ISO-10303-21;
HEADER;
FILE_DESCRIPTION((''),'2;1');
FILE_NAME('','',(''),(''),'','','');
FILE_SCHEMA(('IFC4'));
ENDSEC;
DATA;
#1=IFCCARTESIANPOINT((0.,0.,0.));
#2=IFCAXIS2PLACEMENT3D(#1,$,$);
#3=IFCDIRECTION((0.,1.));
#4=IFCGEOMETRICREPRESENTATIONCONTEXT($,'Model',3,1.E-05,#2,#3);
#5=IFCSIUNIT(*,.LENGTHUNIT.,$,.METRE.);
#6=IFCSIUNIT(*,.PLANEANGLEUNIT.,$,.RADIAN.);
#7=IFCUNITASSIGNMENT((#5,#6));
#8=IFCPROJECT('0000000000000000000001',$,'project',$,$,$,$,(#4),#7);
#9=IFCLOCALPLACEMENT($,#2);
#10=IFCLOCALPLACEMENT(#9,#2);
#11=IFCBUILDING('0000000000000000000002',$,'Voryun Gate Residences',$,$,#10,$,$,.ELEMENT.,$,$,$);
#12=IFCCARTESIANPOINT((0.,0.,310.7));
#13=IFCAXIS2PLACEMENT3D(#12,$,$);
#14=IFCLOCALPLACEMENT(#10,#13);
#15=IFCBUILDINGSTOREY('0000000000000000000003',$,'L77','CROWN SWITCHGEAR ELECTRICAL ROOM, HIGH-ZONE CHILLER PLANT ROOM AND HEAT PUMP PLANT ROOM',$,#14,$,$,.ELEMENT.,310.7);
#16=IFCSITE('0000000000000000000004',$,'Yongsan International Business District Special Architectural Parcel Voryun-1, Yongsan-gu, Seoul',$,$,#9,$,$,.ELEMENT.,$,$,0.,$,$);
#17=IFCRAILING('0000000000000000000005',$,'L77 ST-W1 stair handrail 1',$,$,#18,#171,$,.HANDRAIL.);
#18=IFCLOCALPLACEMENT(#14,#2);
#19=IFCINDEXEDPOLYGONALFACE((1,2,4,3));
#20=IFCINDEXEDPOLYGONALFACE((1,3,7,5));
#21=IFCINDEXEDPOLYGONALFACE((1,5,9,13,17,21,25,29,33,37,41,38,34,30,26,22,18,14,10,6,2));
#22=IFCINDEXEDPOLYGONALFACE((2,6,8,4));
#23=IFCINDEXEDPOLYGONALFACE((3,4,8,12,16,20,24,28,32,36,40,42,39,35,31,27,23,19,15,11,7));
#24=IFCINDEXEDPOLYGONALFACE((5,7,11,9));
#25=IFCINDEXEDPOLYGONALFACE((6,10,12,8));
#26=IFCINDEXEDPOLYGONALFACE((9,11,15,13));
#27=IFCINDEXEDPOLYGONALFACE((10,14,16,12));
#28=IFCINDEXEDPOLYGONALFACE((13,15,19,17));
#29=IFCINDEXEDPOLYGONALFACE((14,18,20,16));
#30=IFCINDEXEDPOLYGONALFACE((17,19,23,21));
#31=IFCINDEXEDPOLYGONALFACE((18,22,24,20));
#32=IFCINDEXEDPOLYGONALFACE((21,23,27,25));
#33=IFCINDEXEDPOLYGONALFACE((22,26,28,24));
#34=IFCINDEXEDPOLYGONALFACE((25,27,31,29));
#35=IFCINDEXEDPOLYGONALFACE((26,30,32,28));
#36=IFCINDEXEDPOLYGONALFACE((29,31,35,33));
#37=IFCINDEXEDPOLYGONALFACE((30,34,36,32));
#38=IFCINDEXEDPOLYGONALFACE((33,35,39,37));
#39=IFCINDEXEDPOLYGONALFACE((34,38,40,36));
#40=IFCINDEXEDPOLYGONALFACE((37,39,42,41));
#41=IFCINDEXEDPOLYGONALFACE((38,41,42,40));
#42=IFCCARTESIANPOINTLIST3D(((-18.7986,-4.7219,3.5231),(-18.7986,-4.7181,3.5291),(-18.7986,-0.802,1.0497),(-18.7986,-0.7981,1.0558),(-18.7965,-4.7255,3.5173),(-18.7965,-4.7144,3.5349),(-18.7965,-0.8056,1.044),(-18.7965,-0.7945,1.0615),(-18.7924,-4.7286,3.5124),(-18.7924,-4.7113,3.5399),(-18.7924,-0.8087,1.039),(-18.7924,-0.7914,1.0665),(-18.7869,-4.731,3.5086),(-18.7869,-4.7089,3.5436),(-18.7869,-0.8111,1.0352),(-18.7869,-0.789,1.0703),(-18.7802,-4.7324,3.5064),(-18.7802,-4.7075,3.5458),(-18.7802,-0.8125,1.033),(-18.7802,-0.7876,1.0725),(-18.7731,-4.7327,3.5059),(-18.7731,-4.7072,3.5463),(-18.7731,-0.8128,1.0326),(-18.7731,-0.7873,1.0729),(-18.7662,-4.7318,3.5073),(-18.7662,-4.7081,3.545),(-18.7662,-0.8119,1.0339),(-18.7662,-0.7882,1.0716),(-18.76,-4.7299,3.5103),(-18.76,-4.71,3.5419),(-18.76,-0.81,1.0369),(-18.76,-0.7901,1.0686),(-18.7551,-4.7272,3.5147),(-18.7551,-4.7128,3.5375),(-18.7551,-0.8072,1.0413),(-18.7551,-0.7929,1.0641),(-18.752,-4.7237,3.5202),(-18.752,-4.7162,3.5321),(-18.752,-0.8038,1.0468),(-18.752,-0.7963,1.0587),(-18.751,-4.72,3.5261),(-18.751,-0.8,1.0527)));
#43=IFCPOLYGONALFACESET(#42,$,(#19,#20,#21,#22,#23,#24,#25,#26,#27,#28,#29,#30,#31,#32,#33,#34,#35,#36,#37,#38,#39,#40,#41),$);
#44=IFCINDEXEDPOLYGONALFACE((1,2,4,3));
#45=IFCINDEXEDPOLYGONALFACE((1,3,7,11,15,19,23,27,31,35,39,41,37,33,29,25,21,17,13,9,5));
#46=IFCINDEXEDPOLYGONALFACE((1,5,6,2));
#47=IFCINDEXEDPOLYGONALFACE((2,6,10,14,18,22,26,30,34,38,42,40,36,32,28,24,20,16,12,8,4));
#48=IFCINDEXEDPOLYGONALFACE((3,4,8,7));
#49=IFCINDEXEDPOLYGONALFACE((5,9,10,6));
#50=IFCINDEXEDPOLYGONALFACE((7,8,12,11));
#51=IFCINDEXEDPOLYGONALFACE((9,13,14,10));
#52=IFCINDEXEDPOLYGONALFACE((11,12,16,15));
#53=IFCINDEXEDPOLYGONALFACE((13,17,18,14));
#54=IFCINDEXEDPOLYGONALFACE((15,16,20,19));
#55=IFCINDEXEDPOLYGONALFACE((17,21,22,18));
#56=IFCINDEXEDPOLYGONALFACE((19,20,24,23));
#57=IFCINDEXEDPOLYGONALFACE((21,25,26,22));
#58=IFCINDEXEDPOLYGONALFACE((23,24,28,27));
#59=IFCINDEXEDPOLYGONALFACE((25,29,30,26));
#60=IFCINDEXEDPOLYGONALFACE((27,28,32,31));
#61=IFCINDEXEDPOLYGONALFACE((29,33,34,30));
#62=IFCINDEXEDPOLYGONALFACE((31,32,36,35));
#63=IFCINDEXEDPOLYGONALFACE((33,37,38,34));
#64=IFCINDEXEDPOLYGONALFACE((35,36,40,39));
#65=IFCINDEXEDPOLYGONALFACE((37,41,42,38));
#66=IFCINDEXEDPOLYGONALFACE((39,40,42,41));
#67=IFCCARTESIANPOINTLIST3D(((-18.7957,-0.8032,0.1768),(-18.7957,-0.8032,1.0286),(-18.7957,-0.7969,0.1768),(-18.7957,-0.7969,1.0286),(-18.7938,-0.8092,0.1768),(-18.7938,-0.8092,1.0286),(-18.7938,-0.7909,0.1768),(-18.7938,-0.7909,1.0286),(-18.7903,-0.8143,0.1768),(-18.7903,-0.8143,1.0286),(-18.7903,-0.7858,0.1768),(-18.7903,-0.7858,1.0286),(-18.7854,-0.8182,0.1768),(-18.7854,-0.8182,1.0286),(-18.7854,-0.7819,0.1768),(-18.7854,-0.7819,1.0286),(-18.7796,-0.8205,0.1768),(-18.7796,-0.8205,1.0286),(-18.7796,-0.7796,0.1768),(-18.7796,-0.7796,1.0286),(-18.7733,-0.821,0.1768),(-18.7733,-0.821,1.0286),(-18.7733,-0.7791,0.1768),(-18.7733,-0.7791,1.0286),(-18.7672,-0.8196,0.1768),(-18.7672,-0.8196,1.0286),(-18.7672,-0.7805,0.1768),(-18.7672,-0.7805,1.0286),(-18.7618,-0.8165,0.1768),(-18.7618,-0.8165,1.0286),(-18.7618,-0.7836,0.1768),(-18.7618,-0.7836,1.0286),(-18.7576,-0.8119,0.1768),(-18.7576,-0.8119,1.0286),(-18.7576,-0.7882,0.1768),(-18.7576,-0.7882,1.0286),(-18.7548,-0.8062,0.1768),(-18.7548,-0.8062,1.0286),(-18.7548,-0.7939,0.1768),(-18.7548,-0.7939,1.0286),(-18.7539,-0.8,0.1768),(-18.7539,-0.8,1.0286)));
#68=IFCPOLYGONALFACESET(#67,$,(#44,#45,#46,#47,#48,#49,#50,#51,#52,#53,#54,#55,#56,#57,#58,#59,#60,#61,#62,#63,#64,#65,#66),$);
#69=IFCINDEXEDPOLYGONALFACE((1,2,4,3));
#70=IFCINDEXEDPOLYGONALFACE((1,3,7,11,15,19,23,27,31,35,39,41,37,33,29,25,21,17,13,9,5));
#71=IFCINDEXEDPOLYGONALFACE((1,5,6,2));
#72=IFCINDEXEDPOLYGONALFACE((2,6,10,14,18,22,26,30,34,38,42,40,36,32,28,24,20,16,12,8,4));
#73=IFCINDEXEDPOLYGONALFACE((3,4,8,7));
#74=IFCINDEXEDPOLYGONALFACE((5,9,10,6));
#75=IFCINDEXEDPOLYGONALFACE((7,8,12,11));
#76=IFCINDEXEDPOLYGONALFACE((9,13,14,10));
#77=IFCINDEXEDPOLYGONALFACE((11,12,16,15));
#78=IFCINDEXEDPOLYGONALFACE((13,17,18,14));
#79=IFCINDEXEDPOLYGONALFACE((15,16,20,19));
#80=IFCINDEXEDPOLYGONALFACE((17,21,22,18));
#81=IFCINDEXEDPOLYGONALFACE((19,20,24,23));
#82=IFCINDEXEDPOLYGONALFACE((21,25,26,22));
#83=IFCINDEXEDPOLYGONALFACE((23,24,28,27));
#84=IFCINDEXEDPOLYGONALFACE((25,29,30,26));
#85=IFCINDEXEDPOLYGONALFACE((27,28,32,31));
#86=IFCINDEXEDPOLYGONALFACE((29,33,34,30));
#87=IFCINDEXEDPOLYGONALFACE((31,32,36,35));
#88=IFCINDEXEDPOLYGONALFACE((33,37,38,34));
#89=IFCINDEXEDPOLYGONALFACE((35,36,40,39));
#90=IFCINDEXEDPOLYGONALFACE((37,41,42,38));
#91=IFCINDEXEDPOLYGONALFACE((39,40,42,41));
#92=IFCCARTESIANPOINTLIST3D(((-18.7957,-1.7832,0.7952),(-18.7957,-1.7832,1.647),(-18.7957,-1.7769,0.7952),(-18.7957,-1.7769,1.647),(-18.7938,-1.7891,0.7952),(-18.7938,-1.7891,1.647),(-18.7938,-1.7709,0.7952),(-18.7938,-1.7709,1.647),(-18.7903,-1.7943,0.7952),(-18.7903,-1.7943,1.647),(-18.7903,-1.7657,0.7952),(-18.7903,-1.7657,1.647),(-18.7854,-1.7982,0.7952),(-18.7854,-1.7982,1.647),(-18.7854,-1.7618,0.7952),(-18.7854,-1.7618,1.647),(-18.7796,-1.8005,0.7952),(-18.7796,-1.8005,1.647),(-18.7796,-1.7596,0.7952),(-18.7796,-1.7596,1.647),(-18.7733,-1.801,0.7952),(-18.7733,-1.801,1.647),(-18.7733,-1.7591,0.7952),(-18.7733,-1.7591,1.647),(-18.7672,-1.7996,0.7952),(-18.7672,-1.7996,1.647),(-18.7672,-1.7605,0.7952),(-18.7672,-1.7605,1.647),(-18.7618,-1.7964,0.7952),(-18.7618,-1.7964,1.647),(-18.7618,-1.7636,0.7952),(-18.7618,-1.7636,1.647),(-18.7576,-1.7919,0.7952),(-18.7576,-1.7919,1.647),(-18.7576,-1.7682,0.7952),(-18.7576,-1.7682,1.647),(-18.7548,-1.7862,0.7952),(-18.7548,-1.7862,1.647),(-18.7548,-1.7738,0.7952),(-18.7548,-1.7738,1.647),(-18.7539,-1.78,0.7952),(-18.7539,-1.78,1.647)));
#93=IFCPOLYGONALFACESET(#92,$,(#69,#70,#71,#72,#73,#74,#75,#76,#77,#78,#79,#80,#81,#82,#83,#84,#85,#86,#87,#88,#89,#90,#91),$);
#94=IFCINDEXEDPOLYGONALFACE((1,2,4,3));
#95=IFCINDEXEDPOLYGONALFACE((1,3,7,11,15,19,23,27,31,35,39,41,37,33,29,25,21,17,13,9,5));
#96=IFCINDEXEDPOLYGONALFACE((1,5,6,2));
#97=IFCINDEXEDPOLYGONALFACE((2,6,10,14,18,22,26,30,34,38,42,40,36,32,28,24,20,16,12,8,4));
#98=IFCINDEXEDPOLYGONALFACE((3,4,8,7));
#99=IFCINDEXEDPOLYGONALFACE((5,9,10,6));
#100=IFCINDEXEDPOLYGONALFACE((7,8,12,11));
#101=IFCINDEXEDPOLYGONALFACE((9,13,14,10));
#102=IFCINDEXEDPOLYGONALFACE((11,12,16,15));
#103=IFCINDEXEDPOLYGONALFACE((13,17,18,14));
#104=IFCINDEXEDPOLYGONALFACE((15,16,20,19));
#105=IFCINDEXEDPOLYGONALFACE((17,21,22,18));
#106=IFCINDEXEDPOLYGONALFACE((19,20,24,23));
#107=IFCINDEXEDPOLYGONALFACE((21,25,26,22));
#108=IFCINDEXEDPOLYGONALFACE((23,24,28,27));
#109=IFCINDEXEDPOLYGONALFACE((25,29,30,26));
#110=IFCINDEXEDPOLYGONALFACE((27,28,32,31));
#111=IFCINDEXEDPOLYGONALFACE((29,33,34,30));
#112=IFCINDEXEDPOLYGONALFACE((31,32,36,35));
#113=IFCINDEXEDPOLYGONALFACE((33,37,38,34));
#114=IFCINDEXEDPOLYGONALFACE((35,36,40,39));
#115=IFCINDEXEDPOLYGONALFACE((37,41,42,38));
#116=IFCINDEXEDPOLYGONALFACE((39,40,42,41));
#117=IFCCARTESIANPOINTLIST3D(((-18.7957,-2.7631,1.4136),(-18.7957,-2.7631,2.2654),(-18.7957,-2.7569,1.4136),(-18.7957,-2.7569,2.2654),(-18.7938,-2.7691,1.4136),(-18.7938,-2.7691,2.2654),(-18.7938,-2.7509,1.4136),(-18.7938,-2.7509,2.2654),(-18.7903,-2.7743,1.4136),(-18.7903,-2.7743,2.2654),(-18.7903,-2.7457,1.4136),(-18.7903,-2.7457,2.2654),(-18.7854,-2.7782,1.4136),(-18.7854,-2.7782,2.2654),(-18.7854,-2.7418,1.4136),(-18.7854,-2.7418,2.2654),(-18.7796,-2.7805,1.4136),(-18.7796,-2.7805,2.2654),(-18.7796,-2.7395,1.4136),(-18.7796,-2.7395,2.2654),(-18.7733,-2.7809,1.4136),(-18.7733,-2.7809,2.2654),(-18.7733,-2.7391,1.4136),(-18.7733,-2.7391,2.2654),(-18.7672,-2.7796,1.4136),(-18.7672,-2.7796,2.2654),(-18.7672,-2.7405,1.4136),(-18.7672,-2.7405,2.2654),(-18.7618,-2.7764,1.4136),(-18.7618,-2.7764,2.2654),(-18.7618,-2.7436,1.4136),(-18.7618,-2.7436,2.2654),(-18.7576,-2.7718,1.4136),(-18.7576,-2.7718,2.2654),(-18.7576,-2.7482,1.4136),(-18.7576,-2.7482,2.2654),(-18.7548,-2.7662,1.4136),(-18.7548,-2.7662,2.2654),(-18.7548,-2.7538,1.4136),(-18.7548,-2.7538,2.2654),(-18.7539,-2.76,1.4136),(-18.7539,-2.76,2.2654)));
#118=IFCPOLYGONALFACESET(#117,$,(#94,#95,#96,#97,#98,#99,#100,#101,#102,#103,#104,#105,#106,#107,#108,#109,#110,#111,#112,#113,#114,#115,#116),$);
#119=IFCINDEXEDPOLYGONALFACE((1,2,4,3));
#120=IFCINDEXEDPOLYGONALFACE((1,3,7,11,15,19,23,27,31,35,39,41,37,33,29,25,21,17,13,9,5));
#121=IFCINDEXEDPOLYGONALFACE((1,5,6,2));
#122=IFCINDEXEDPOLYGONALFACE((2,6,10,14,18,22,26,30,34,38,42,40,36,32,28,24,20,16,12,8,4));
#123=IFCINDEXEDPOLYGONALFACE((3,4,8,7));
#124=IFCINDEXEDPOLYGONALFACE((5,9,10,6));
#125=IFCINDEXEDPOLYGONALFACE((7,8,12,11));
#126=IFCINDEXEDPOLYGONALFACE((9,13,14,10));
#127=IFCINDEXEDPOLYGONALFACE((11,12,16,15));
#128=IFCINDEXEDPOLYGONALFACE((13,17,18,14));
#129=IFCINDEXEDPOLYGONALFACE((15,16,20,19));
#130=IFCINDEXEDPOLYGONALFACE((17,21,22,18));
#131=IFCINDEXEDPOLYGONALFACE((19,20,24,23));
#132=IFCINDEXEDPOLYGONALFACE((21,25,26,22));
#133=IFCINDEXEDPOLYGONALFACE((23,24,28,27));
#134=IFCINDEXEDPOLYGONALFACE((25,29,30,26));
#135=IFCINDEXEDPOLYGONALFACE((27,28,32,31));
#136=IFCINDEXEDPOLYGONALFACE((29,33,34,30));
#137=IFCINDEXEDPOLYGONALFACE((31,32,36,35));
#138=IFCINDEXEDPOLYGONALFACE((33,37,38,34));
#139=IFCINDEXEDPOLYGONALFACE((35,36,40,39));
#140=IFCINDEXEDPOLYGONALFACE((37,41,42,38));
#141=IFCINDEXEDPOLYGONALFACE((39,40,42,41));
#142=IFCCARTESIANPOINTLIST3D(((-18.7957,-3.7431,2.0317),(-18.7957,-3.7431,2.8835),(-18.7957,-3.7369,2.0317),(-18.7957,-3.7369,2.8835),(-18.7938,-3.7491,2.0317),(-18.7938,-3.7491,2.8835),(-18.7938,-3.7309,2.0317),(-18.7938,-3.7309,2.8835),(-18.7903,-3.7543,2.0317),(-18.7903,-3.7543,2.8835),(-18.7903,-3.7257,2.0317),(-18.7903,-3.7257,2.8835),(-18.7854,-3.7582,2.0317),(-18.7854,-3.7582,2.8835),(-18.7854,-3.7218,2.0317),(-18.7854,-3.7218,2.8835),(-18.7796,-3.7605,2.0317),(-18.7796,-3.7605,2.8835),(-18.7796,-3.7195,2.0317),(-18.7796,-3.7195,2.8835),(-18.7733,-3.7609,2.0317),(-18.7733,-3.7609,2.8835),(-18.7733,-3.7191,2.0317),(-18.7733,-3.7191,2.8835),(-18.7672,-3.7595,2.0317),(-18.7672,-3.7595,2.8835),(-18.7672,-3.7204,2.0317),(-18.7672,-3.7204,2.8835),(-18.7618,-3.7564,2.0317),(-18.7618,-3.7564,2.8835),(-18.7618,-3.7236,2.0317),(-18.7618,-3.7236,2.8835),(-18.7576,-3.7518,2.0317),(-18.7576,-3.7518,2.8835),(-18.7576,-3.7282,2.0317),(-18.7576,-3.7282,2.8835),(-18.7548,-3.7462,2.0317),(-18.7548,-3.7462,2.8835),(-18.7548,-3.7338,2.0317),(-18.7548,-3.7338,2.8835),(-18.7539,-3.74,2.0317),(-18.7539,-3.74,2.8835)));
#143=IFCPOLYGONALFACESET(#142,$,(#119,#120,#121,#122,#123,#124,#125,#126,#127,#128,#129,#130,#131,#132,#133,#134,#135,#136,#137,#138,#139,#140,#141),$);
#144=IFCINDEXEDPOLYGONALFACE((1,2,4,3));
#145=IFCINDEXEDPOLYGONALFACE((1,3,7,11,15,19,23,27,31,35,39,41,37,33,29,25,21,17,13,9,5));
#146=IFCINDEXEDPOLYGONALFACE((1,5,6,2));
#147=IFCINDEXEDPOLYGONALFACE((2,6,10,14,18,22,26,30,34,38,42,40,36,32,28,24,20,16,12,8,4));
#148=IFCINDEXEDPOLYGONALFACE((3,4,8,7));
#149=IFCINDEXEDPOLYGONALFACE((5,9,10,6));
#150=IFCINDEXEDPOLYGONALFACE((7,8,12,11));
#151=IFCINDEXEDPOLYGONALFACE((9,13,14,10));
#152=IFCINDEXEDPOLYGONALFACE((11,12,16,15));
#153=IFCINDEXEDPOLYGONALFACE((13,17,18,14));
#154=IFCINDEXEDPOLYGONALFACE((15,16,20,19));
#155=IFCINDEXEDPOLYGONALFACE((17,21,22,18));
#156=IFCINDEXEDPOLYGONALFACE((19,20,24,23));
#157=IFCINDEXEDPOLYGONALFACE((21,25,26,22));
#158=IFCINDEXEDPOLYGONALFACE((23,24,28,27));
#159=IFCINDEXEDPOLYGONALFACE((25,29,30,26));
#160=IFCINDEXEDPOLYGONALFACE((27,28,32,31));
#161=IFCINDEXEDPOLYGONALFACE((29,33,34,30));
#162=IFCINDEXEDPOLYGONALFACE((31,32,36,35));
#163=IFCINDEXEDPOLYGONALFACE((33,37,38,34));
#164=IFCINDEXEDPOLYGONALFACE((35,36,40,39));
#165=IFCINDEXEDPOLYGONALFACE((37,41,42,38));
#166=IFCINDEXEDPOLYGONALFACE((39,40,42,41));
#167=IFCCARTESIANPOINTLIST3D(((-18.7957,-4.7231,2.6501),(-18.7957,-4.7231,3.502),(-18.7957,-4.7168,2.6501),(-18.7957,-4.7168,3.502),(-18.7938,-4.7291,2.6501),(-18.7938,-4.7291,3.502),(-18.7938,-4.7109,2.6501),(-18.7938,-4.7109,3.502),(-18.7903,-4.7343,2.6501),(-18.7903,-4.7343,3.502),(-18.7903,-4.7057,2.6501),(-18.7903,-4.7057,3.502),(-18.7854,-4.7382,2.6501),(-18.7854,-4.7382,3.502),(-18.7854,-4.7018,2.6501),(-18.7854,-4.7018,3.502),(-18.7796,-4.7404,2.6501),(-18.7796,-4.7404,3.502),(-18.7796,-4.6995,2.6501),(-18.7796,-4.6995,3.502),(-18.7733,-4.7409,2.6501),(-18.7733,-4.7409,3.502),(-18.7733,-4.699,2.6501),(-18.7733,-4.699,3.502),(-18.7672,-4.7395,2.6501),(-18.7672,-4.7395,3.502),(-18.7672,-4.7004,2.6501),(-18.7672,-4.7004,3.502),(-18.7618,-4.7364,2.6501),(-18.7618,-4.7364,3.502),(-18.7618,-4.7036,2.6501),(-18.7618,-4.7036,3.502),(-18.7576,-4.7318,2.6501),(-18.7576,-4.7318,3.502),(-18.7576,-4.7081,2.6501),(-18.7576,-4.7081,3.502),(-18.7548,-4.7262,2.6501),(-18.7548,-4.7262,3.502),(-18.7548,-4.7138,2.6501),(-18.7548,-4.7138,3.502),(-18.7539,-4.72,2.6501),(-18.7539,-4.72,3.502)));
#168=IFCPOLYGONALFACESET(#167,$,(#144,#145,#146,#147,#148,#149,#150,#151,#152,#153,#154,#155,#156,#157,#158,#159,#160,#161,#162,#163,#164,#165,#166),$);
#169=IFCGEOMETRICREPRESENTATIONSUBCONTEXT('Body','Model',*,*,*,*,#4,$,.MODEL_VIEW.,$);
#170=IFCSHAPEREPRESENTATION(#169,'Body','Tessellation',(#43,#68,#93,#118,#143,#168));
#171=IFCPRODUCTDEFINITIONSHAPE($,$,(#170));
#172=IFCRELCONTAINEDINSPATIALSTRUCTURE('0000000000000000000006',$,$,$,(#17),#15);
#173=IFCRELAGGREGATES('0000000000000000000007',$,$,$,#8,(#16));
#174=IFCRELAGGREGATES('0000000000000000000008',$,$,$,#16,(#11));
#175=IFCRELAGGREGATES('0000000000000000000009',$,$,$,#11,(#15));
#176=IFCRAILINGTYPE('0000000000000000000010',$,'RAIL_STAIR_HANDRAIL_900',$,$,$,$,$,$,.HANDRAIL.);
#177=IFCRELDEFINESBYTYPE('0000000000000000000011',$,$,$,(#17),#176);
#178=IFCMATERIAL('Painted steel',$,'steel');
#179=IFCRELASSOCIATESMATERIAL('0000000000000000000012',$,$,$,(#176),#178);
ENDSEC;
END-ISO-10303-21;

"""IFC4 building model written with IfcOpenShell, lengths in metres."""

from ifc_helpers import new_model, si_unit, direction, frame, origin, origin_2d, place, context, subcontext, project, spatial, circle, extrude, material, type_object, element, save


model = new_model("IFC4")

# Units and contexts
model_context = context("Model", 3, precision=1e-05, world=origin(), true_north=direction((0.0, 1.0)))
body_context = subcontext(model_context, "Body", "Model", "MODEL_VIEW")
ifc_project = project(units=[si_unit("LENGTHUNIT", "METRE"), si_unit("PLANEANGLEUNIT", "RADIAN")], contexts=[model_context])

# Site, building, storey
site_placement = place(None, origin())
site = spatial("IfcSite", under=ifc_project, at=site_placement, Name="Yongsan International Business District Special Architectural Parcel Voryun-1, Yongsan-gu, Seoul", CompositionType="ELEMENT", RefElevation=0.0)
building_placement = place(site_placement, origin())
building = spatial("IfcBuilding", under=site, at=building_placement, Name="Voryun Gate Residences", CompositionType="ELEMENT")
storey_placement = place(building_placement, frame((0.0, 0.0, 310.7)))
storey = spatial("IfcBuildingStorey", under=building, at=storey_placement, Name="L77", Description="CROWN SWITCHGEAR ELECTRICAL ROOM, HIGH-ZONE CHILLER PLANT ROOM AND HEAT PUMP PLANT ROOM", CompositionType="ELEMENT", Elevation=310.7)

# Railing
ifc_material_1 = material(Name="Painted steel", Category="steel")
railing_type_1 = type_object("IfcRailingType", Name="RAIL_STAIR_HANDRAIL_900", PredefinedType="HANDRAIL", material=ifc_material_1)
railing_1_placement = place(storey_placement, frame((-18.7749, -0.8, 0.1768)))
element("IfcRailing", 1, at=railing_1_placement, inside=storey, type_object=railing_type_1, Name="L77 ST-W1 stair handrail 1", PredefinedType="HANDRAIL", context=body_context, shape_type="SweptSolid", body=[
    extrude(circle(Radius=0.0239, at=origin_2d()), frame((0.0, 0.0, 0.876), z_axis=(0.0, -0.845718, 0.53363), x_axis=(1.0, 0.0, 0.0)), (0.0, 0.0, 1.0), 4.635),
    extrude(circle(Radius=0.021, at=origin_2d()), origin(), (0.0, 0.0, 1.0), 0.8518),
    extrude(circle(Radius=0.021, at=origin_2d()), frame((0.0, -0.98, 0.6184)), (0.0, 0.0, 1.0), 0.8518),
    extrude(circle(Radius=0.021, at=origin_2d()), frame((0.0, -1.96, 1.2368)), (0.0, 0.0, 1.0), 0.8518),
    extrude(circle(Radius=0.021, at=origin_2d()), frame((0.0, -2.9399, 1.855)), (0.0, 0.0, 1.0), 0.8518),
    extrude(circle(Radius=0.021, at=origin_2d()), frame((0.0, -3.9199, 2.4734)), (0.0, 0.0, 1.0), 0.8518),
])

save(model, "model.ifc")
